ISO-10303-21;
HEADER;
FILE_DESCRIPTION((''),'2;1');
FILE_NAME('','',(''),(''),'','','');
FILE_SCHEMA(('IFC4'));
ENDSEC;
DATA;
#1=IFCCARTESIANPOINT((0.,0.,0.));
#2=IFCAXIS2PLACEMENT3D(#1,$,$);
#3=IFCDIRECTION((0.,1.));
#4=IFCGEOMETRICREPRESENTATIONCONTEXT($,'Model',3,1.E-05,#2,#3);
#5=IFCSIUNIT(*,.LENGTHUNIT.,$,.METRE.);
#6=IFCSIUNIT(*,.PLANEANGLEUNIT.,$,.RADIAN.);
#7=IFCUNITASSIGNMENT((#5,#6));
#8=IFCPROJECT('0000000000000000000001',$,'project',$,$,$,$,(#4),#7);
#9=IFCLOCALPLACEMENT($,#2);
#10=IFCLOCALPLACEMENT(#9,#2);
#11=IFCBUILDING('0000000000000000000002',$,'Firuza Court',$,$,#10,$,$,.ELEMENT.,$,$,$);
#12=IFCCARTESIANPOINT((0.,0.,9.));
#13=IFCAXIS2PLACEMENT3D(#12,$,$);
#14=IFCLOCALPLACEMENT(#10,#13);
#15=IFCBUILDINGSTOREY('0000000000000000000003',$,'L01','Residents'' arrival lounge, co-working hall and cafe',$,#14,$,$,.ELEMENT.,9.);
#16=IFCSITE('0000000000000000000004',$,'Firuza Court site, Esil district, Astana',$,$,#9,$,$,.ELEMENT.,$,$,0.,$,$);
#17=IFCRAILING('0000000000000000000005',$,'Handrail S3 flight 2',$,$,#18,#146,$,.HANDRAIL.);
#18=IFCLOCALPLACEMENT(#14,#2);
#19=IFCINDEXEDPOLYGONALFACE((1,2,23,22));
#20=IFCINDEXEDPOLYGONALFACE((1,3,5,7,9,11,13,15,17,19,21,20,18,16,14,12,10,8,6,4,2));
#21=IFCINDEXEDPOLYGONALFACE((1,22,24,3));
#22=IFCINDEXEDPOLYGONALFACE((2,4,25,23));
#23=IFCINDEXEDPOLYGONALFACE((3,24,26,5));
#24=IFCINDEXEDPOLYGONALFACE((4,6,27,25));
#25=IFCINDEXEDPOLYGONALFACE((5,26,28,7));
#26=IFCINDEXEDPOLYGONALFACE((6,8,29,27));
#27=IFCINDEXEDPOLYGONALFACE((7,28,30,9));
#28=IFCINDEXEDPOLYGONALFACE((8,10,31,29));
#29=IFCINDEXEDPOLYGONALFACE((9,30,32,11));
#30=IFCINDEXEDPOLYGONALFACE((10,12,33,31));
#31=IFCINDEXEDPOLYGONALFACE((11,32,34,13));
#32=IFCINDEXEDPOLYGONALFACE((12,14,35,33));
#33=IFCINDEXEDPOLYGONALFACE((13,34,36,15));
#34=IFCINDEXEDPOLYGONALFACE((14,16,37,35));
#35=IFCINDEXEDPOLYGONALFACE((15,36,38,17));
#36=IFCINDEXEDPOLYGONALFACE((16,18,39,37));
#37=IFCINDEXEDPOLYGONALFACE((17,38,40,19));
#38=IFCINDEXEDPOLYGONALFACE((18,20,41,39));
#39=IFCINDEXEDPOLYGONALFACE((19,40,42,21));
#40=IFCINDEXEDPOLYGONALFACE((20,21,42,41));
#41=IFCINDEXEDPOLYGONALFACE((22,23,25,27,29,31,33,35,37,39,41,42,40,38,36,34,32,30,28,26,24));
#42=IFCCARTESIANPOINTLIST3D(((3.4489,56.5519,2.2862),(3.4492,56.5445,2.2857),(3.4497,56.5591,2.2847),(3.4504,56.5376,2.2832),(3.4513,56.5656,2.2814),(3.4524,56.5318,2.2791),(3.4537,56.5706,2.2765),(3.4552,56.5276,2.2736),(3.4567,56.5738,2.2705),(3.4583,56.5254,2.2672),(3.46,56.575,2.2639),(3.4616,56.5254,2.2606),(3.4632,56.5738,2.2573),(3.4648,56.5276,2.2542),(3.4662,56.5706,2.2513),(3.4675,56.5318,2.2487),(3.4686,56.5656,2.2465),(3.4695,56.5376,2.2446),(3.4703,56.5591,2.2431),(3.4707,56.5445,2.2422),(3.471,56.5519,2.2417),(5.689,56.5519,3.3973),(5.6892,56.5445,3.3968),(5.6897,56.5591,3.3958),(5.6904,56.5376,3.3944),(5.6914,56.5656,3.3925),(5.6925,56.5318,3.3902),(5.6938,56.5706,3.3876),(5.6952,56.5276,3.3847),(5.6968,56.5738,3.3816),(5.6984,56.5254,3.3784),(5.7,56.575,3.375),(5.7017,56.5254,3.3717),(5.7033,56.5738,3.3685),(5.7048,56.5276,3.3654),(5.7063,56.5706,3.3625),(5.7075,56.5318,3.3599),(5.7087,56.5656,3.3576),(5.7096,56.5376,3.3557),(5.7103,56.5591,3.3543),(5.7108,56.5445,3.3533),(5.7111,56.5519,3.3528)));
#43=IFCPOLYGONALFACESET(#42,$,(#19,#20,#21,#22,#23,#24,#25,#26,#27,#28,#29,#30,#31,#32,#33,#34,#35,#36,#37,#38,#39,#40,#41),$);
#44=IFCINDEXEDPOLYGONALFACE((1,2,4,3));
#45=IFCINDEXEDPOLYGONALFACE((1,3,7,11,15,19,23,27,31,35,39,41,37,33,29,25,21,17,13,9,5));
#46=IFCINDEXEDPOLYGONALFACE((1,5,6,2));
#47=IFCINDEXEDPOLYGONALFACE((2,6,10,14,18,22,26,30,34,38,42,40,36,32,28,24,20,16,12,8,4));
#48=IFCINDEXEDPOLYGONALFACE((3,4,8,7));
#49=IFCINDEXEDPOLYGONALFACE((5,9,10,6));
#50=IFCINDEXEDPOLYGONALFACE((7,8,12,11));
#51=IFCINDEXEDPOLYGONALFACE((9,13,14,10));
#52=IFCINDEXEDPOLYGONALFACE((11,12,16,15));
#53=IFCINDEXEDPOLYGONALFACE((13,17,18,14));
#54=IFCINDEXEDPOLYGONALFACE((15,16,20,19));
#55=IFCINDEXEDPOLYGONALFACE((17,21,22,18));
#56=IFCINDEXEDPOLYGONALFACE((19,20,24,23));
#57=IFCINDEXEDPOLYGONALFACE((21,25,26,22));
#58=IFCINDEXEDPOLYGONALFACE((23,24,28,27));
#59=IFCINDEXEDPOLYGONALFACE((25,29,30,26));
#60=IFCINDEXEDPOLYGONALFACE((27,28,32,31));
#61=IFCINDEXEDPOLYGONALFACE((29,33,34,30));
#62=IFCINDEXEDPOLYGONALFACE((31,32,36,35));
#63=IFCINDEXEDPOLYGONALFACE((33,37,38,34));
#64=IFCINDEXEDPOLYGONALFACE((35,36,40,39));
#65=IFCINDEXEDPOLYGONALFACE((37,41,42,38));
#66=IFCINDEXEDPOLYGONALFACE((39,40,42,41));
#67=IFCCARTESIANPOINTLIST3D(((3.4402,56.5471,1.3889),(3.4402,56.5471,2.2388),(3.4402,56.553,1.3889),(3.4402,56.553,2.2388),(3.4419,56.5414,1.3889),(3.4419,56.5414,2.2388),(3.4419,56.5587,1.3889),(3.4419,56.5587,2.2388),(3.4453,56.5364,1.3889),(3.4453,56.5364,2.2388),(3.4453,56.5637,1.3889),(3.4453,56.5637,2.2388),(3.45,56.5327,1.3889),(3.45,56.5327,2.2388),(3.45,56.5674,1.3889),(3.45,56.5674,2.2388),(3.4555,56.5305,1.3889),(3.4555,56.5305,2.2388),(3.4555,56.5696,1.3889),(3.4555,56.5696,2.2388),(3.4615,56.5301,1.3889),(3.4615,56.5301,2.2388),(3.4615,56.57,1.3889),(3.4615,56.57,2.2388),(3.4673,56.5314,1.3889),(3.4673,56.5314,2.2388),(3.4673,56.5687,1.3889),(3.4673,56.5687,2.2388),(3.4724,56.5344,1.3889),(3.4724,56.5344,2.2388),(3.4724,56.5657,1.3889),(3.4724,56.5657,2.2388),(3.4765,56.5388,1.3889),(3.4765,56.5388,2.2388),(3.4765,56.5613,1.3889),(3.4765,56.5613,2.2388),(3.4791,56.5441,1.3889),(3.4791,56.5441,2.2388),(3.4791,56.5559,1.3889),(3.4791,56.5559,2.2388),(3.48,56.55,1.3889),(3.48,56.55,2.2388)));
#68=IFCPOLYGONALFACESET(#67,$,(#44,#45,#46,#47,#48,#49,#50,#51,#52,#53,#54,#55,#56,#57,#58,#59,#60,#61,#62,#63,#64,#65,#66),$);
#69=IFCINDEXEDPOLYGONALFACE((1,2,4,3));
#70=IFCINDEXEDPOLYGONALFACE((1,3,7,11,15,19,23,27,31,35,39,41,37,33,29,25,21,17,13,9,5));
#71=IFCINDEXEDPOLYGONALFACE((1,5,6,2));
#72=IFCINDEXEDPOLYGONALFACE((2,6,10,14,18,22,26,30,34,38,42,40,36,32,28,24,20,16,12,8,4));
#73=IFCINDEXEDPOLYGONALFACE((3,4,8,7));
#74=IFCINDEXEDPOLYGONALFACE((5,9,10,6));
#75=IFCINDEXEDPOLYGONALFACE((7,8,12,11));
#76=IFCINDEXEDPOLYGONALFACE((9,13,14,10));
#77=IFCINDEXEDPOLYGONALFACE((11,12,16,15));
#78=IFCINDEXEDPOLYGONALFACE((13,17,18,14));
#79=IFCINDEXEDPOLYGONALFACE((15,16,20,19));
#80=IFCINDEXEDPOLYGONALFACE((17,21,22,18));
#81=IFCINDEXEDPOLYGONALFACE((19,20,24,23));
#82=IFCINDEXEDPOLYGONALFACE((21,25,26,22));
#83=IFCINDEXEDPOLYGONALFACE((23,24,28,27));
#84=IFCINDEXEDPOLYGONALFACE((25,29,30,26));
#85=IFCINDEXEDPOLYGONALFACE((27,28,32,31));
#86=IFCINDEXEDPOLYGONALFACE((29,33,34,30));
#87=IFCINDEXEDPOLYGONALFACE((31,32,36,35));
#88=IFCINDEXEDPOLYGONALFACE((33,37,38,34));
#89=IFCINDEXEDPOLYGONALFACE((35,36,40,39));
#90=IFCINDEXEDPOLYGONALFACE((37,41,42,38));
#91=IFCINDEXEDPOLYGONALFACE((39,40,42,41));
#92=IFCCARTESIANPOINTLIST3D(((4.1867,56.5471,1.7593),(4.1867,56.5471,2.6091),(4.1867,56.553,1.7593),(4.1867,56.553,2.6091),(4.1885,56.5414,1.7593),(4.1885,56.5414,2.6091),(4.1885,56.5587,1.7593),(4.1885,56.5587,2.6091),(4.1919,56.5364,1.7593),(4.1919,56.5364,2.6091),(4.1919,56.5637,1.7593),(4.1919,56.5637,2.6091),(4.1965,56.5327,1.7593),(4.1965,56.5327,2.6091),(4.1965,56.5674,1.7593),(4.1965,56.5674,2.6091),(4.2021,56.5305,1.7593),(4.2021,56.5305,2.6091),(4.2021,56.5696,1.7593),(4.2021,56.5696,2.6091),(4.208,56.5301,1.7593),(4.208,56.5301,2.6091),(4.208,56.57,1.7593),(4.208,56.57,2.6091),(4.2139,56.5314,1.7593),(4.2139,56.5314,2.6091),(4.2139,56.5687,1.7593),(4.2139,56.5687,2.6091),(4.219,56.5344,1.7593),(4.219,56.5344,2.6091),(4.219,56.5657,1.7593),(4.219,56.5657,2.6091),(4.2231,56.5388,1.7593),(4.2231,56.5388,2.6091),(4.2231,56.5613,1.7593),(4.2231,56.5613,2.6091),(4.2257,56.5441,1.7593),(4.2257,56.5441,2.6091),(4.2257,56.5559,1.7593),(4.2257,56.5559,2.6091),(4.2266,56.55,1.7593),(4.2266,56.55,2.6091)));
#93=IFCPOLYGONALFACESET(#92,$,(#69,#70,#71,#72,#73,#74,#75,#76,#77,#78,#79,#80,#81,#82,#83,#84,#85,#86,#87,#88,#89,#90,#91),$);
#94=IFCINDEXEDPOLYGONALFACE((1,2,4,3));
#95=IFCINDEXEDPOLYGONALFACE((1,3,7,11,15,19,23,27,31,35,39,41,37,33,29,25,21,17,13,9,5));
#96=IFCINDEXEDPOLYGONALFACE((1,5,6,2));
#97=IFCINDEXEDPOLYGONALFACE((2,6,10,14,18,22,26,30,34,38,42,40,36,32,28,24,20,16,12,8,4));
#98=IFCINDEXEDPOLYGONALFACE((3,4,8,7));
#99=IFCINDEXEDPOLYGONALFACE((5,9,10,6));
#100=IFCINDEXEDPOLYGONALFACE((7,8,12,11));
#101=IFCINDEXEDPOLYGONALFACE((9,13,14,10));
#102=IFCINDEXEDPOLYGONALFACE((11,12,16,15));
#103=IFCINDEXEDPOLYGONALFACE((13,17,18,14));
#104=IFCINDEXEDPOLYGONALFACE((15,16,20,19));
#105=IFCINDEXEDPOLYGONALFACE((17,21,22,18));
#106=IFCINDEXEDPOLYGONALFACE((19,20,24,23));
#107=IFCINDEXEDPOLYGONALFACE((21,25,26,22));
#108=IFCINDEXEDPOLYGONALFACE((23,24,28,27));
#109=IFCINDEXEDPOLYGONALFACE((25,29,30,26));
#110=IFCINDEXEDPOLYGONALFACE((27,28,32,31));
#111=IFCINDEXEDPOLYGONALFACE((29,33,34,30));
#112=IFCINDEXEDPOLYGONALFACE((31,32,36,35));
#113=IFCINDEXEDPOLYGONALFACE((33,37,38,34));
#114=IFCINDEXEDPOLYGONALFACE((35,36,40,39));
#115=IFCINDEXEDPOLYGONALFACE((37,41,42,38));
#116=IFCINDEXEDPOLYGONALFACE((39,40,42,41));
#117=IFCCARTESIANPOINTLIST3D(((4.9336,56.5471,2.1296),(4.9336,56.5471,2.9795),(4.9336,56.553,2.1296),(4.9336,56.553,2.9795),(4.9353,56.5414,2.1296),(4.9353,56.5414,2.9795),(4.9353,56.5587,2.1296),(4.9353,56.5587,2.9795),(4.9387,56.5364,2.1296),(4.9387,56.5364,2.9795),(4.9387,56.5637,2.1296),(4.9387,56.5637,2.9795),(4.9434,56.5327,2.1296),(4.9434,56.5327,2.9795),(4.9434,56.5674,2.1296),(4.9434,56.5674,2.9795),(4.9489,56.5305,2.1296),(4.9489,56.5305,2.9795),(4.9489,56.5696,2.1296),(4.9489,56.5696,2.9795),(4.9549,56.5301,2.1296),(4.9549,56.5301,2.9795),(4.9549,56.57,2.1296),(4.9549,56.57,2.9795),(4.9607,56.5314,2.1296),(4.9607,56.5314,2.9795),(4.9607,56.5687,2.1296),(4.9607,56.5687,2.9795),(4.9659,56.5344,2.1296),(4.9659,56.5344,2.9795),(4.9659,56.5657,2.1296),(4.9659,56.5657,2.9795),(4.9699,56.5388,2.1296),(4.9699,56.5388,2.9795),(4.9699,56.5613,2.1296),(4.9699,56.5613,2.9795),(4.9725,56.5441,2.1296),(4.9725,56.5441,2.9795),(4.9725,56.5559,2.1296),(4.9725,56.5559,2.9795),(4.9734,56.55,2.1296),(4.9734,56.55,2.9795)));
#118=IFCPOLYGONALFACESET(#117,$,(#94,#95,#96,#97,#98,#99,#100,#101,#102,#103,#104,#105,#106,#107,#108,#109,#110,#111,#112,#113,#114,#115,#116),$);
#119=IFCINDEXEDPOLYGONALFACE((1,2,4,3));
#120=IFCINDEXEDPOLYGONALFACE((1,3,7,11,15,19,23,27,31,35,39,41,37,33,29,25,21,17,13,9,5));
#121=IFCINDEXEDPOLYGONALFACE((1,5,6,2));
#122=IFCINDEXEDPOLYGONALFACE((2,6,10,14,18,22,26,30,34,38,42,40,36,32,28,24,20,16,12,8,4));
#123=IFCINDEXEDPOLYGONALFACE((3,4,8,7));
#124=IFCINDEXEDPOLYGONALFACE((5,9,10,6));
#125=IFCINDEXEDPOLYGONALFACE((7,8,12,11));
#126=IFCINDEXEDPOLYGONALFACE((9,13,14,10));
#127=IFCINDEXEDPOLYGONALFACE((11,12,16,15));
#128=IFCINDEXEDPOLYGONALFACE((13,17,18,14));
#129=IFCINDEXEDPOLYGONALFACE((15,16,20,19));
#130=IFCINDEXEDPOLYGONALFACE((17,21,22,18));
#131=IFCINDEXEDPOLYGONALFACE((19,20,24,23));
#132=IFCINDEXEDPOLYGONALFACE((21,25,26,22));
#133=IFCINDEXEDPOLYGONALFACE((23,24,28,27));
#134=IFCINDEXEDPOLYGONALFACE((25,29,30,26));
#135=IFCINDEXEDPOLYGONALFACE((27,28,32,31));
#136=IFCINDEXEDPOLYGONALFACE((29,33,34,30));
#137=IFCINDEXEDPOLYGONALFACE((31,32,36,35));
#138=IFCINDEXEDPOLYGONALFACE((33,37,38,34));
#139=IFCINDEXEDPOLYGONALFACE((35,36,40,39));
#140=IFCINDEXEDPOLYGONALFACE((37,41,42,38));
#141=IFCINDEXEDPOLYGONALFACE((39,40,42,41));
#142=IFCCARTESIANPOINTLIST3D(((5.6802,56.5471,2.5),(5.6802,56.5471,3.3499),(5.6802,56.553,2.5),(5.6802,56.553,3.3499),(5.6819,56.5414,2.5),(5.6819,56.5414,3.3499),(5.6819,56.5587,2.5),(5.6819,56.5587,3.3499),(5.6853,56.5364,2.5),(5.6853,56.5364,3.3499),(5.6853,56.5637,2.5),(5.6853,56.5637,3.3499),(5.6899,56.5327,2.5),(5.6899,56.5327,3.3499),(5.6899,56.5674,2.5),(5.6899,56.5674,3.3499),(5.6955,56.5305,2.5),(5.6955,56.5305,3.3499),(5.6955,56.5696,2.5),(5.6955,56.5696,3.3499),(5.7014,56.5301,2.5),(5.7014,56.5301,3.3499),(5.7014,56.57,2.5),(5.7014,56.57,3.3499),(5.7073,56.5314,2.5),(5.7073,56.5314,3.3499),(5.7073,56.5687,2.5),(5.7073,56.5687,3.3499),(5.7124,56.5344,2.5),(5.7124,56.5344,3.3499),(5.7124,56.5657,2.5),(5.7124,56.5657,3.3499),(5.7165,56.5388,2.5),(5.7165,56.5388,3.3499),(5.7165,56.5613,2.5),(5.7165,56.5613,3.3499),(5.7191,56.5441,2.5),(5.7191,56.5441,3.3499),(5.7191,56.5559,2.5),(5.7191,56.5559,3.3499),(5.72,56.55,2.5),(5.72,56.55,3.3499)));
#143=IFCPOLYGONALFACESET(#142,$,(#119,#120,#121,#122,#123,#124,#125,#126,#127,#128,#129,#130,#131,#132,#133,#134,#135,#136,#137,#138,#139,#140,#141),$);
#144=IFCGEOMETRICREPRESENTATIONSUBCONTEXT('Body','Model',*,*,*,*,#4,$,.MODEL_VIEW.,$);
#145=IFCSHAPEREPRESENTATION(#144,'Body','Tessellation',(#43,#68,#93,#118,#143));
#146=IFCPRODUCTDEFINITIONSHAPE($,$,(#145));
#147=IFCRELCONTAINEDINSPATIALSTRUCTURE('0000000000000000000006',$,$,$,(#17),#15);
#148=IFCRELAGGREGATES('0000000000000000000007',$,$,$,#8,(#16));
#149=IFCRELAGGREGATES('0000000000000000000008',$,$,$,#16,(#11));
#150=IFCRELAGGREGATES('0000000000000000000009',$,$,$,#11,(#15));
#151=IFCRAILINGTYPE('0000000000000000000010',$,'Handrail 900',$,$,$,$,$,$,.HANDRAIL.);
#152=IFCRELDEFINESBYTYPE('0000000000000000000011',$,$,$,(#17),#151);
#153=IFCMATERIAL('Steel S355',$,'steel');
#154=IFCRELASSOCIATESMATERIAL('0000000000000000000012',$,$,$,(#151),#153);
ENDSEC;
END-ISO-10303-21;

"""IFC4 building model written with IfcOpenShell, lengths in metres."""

from ifc_helpers import new_model, si_unit, direction, frame, origin, origin_2d, place, context, subcontext, project, spatial, circle, extrude, material, type_object, element, save


model = new_model("IFC4")

# Units and contexts
model_context = context("Model", 3, precision=1e-05, world=origin(), true_north=direction((0.0, 1.0)))
body_context = subcontext(model_context, "Body", "Model", "MODEL_VIEW")
ifc_project = project(units=[si_unit("LENGTHUNIT", "METRE"), si_unit("PLANEANGLEUNIT", "RADIAN")], contexts=[model_context])

# Site, building, storey
site_placement = place(None, origin())
site = spatial("IfcSite", under=ifc_project, at=site_placement, Name="Firuza Court site, Esil district, Astana", CompositionType="ELEMENT", RefElevation=0.0)
building_placement = place(site_placement, origin())
building = spatial("IfcBuilding", under=site, at=building_placement, Name="Firuza Court", CompositionType="ELEMENT")
storey_placement = place(building_placement, frame((0.0, 0.0, 9.0)))
storey = spatial("IfcBuildingStorey", under=building, at=storey_placement, Name="L01", Description="Residents' arrival lounge, co-working hall and cafe", CompositionType="ELEMENT", Elevation=9.0)

# Railing
ifc_material_1 = material(Name="Steel S355", Category="steel")
railing_type_1 = type_object("IfcRailingType", Name="Handrail 900", PredefinedType="HANDRAIL", material=ifc_material_1)
railing_1_placement = place(storey_placement, frame((3.46, 56.55, 1.3889)))
element("IfcRailing", 1, at=railing_1_placement, inside=storey, type_object=railing_type_1, Name="Handrail S3 flight 2", PredefinedType="HANDRAIL", context=body_context, shape_type="SweptSolid", body=[
    extrude(circle(Radius=0.0249, at=origin_2d()), frame((0.0, 0.0, 0.875), z_axis=(0.895848, 0.0, 0.44436), x_axis=(0.0, 1.0, 0.0)), (0.0, 0.0, 1.0), 2.5005),
    extrude(circle(Radius=0.02, at=origin_2d()), origin(), (0.0, 0.0, 1.0), 0.8499),
    extrude(circle(Radius=0.02, at=origin_2d()), frame((0.7466, 0.0, 0.3704)), (0.0, 0.0, 1.0), 0.8499),
    extrude(circle(Radius=0.02, at=origin_2d()), frame((1.4934, 0.0, 0.7407)), (0.0, 0.0, 1.0), 0.8499),
    extrude(circle(Radius=0.02, at=origin_2d()), frame((2.24, 0.0, 1.1111)), (0.0, 0.0, 1.0), 0.8499),
])

save(model, "model.ifc")
